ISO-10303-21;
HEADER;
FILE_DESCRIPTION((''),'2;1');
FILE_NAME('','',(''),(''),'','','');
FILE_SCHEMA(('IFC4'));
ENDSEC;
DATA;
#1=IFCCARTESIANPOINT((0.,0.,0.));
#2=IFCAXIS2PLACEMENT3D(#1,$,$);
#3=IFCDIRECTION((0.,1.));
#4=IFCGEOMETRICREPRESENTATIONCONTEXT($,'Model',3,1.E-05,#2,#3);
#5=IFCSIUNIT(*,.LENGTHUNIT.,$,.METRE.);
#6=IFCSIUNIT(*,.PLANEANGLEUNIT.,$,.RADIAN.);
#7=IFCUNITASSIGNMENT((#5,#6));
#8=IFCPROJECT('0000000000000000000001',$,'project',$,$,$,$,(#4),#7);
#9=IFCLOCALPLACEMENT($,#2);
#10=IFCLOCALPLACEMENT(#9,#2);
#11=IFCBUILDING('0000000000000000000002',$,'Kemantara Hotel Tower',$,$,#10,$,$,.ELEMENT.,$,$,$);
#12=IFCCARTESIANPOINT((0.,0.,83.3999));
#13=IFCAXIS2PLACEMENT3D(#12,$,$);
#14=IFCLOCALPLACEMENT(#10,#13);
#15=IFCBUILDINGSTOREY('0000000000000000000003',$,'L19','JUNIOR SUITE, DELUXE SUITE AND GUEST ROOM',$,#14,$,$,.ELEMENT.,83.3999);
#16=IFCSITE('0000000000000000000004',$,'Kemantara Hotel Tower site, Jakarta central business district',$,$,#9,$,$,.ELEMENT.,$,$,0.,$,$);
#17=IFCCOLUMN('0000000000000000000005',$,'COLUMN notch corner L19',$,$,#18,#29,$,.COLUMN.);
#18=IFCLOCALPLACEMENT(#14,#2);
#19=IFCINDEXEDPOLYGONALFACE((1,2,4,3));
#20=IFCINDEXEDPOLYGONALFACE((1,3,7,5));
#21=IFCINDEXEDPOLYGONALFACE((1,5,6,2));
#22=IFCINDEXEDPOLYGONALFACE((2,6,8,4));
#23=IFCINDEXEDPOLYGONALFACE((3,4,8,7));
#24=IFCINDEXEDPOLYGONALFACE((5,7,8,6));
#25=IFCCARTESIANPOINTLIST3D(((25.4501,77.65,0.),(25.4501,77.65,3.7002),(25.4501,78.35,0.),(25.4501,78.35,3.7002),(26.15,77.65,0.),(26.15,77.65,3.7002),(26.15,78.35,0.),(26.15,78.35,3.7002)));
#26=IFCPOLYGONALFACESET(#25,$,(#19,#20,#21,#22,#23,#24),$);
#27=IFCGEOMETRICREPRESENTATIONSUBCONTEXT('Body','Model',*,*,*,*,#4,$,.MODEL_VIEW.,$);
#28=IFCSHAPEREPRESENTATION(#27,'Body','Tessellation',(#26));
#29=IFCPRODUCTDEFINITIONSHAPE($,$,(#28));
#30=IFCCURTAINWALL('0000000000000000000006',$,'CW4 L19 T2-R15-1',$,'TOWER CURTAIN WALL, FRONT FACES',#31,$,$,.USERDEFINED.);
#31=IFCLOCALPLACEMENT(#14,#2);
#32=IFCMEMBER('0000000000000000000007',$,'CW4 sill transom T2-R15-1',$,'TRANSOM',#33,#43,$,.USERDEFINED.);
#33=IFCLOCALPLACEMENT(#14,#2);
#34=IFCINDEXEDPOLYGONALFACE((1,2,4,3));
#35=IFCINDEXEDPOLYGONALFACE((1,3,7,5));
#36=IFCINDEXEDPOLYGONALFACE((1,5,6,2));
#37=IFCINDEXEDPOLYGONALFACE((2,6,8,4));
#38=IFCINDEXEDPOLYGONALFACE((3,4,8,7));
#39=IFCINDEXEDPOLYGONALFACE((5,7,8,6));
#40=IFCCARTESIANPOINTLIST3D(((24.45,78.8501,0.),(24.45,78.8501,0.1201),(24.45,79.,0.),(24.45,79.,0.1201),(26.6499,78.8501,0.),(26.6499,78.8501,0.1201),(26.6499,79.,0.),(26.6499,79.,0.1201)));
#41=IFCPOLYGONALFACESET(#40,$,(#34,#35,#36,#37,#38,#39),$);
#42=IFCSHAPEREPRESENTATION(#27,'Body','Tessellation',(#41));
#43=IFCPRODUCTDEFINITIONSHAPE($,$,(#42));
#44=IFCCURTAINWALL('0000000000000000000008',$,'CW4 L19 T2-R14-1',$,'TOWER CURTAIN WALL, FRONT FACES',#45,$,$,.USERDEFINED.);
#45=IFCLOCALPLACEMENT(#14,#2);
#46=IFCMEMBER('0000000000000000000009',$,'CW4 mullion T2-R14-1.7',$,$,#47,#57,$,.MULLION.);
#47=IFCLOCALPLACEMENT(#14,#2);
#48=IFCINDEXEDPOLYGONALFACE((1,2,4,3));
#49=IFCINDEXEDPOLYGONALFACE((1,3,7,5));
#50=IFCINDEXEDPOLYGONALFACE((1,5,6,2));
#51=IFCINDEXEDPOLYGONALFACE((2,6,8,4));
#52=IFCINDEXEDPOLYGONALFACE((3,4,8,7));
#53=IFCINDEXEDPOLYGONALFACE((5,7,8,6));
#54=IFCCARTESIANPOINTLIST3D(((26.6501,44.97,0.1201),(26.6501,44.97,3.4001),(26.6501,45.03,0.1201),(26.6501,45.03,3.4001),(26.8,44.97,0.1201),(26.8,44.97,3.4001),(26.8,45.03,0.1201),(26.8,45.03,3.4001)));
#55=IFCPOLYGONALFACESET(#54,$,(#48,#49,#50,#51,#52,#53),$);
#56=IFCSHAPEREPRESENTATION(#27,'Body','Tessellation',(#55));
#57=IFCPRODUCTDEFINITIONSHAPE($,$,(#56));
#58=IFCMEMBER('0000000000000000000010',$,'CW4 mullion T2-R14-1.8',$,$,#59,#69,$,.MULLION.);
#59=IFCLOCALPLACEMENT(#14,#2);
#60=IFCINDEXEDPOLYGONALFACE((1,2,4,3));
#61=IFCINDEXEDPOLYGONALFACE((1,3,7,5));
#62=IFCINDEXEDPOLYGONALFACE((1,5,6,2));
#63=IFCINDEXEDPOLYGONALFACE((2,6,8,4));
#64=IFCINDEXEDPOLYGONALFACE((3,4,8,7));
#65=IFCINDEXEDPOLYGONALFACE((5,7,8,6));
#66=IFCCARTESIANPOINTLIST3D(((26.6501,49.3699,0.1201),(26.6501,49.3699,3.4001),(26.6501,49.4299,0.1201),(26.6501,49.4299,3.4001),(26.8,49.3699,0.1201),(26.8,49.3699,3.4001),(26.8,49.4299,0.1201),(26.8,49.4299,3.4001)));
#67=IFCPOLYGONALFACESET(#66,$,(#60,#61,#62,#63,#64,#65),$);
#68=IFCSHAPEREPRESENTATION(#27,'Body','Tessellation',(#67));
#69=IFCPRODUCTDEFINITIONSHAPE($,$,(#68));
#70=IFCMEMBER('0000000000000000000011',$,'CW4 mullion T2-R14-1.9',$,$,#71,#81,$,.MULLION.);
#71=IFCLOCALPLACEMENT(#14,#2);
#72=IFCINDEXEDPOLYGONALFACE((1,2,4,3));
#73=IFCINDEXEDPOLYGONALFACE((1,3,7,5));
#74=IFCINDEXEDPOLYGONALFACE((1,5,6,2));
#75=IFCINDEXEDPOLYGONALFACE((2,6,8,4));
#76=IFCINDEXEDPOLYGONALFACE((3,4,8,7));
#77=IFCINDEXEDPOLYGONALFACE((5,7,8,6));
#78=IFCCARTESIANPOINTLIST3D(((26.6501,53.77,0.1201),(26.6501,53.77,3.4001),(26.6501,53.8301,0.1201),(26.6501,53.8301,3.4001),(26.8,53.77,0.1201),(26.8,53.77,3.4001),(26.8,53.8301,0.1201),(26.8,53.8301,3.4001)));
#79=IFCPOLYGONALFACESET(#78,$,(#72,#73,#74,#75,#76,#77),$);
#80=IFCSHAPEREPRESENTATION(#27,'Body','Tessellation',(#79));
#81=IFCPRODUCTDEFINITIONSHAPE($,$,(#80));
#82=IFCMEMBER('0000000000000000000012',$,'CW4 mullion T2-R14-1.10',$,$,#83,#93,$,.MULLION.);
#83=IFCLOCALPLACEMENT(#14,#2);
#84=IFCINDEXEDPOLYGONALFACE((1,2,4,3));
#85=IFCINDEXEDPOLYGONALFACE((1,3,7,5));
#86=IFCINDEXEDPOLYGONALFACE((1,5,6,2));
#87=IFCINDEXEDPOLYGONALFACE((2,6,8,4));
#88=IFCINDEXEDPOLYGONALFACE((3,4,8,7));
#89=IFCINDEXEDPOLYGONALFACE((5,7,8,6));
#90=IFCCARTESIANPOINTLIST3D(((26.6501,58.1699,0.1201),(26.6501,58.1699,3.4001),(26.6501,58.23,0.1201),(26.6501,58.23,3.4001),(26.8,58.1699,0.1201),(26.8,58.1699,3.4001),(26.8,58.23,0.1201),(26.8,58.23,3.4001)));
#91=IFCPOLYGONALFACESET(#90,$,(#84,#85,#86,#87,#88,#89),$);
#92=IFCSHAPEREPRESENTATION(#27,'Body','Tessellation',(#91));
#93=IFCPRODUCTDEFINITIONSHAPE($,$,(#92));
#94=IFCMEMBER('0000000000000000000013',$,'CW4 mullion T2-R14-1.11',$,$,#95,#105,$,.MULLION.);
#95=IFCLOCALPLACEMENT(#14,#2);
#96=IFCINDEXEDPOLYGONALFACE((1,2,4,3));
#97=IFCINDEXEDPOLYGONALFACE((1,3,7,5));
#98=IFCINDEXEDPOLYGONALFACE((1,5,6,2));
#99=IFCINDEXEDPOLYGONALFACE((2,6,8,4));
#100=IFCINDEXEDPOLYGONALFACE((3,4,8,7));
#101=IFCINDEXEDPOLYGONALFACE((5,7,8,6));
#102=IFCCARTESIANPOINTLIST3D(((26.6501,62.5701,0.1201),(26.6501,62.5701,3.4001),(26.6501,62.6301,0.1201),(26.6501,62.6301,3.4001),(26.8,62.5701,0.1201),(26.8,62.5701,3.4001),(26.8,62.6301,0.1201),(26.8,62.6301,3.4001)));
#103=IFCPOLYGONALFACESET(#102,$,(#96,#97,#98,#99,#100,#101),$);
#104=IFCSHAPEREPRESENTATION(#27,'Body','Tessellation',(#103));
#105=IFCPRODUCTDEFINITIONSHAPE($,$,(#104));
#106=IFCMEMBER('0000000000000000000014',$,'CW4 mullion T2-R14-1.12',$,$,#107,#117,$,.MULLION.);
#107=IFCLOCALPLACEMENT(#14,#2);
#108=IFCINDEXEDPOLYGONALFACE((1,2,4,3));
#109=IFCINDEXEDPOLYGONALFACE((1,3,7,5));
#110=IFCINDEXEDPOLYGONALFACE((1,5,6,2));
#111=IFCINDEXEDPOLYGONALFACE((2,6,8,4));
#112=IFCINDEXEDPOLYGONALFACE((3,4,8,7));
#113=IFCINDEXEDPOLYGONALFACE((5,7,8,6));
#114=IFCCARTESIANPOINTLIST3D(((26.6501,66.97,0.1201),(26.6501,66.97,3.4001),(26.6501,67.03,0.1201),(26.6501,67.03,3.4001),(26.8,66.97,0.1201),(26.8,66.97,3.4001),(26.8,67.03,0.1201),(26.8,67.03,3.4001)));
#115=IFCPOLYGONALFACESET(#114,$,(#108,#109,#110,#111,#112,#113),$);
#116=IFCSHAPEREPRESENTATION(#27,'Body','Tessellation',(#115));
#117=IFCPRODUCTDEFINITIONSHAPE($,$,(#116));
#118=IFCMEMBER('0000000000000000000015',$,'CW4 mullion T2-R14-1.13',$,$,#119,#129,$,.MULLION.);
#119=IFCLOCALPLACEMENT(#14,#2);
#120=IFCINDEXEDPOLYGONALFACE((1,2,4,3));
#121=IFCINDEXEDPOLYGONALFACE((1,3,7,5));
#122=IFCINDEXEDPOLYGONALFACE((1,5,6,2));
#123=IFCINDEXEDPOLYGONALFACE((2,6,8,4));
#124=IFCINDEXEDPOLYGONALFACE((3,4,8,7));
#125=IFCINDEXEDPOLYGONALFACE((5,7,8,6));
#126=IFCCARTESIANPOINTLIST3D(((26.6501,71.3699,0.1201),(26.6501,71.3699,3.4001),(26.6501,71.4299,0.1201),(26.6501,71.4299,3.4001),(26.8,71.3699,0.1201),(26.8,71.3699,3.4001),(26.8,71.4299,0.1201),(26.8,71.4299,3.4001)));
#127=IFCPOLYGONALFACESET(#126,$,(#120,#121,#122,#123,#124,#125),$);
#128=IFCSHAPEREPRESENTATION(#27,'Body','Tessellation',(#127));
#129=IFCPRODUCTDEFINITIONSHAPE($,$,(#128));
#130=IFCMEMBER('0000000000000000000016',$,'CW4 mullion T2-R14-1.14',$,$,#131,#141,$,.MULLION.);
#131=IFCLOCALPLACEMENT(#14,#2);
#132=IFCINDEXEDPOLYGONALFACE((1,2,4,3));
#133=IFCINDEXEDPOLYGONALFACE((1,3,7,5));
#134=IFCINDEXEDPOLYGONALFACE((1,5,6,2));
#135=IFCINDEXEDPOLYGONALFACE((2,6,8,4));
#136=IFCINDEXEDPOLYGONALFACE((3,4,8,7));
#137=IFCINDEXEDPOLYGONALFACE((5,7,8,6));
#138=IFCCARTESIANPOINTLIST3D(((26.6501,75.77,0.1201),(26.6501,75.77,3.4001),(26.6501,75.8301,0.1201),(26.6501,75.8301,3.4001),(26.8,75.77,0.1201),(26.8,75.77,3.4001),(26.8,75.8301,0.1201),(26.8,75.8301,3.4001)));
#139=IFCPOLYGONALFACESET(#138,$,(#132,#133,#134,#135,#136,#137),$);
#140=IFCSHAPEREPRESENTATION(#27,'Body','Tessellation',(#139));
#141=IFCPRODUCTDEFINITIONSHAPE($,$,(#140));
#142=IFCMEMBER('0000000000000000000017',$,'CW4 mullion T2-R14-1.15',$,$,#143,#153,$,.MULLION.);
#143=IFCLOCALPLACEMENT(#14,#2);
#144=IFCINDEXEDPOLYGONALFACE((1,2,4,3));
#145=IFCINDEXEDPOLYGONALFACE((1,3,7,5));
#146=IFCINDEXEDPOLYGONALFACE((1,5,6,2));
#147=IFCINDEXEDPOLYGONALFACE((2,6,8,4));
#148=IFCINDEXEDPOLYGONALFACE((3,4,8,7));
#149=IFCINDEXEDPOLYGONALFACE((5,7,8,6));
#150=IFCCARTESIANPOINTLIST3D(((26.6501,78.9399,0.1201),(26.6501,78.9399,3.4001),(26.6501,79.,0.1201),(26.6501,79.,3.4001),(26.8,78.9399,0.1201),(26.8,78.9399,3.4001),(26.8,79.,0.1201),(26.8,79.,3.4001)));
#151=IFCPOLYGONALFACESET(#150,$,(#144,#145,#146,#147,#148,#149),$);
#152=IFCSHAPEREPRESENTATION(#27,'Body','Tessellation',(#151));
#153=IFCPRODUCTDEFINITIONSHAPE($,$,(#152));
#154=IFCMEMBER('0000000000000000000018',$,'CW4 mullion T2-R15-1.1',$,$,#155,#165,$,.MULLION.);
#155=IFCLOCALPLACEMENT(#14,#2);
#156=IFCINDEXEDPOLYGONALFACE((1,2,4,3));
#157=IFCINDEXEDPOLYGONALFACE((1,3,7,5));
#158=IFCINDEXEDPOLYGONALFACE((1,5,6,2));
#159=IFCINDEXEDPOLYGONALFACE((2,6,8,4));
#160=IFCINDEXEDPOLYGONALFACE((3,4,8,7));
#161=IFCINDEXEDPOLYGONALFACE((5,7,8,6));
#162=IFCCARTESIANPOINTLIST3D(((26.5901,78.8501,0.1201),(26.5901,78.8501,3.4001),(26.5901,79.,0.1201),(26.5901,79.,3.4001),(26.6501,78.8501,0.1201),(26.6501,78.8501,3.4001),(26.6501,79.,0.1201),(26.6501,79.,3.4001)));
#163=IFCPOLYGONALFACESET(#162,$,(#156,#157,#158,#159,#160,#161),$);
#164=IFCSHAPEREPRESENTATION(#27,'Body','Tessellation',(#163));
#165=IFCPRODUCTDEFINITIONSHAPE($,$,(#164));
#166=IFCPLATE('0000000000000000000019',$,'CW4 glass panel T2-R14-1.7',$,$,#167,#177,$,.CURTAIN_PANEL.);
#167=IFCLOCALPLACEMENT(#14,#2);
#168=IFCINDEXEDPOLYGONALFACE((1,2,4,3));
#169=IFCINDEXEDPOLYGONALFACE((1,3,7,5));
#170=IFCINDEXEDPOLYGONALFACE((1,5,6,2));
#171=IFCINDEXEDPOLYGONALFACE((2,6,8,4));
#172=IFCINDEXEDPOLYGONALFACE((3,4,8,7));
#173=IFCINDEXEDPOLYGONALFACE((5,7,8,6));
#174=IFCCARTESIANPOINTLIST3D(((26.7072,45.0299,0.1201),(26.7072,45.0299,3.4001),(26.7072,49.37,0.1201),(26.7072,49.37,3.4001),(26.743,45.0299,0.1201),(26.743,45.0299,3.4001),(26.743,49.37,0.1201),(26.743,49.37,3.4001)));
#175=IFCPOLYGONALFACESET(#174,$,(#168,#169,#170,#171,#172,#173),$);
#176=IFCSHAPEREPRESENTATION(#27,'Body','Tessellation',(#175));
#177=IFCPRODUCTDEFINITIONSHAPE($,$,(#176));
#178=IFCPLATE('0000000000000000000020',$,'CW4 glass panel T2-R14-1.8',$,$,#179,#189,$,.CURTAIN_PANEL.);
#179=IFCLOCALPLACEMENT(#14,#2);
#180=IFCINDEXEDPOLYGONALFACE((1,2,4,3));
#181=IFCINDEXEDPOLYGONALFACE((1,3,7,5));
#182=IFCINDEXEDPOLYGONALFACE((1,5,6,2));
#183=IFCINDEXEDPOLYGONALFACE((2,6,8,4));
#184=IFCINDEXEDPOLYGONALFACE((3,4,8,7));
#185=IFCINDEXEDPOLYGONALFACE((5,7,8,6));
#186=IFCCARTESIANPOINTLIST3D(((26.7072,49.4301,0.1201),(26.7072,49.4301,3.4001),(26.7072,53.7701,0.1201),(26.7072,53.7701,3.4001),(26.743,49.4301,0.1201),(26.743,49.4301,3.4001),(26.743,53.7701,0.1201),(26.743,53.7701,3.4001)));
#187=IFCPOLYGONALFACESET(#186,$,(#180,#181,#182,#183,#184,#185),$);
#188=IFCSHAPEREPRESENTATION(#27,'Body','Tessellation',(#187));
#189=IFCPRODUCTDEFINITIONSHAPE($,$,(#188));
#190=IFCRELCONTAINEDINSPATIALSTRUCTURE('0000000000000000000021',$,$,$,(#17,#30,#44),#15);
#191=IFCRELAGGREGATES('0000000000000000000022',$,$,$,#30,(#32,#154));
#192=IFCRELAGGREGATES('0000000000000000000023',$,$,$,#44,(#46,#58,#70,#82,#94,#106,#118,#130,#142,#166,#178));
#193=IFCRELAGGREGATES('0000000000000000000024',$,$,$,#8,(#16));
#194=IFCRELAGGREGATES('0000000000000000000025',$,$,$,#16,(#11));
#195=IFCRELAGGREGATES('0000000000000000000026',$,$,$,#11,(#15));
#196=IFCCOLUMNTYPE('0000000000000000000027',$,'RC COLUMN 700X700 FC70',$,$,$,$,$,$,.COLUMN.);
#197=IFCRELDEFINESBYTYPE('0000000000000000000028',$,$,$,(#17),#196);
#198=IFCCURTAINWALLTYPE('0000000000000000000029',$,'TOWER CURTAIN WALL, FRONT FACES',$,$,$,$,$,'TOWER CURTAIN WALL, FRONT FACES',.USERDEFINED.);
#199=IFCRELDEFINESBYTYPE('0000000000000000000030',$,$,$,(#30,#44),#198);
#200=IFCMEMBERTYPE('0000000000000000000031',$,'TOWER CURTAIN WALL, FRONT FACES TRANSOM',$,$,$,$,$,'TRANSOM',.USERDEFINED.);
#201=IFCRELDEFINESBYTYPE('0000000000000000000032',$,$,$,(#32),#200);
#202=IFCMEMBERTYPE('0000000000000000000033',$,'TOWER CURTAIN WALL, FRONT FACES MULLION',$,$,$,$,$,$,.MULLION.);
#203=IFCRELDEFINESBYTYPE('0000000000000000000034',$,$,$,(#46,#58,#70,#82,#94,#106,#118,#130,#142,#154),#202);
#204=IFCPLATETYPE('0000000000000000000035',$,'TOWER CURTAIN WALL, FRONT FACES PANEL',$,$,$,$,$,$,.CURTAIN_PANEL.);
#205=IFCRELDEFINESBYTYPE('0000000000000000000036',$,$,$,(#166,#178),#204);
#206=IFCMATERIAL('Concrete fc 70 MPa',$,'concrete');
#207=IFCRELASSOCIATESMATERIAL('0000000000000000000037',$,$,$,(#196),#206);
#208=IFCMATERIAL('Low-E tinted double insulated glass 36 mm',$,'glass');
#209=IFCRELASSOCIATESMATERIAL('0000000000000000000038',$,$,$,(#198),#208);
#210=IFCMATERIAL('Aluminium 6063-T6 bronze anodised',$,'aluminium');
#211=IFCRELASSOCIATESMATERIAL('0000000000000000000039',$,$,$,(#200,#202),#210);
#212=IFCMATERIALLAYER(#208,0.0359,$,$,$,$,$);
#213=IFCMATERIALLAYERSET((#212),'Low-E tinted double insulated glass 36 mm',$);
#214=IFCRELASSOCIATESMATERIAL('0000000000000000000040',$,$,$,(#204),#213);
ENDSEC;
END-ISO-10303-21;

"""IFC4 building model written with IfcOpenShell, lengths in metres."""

from ifc_helpers import new_model, si_unit, direction, frame, origin, origin_2d, place, context, subcontext, project, spatial, rectangle, extrude, source, transform, mapped, material, layer, layer_set, material_profile, profile_set, type_object, element, aggregate, save


model = new_model("IFC4")

# Units and contexts
model_context = context("Model", 3, precision=1e-05, world=origin(), true_north=direction((0.0, 1.0)))
body_context = subcontext(model_context, "Body", "Model", "MODEL_VIEW")
ifc_project = project(units=[si_unit("LENGTHUNIT", "METRE"), si_unit("PLANEANGLEUNIT", "RADIAN")], contexts=[model_context])

# Site, building, storey
site_placement = place(None, origin())
site = spatial("IfcSite", under=ifc_project, at=site_placement, Name="Kemantara Hotel Tower site, Jakarta central business district", CompositionType="ELEMENT", RefElevation=0.0)
building_placement = place(site_placement, origin())
building = spatial("IfcBuilding", under=site, at=building_placement, Name="Kemantara Hotel Tower", CompositionType="ELEMENT")
storey_placement = place(building_placement, frame((0.0, 0.0, 83.3999)))
storey = spatial("IfcBuildingStorey", under=building, at=storey_placement, Name="L19", Description="JUNIOR SUITE, DELUXE SUITE AND GUEST ROOM", CompositionType="ELEMENT", Elevation=83.3999)

# Column
ifc_material_1 = material(Name="Concrete fc 70 MPa", Category="concrete")
ifc_material_profile_1 = material_profile(ifc_material_1, rectangle(XDim=0.7, YDim=0.7, at=origin_2d()), Name="RC 700X700")
ifc_profile_set_1 = profile_set([ifc_material_profile_1], Name="Concrete fc 70 MPa")
column_type = type_object("IfcColumnType", Name="RC COLUMN 700X700 FC70", PredefinedType="COLUMN", material=ifc_profile_set_1)
column_placement = place(storey_placement, frame((25.8, 78.0, 0.0), z_axis=(0.0, 0.0, 1.0), x_axis=(1.0, 0.0, 0.0)))
element("IfcColumn", 1, at=column_placement, inside=storey, type_object=column_type, Name="COLUMN notch corner L19", PredefinedType="COLUMN", context=body_context, shape_type="SweptSolid", body=[
    extrude(rectangle(XDim=0.7, YDim=0.7, at=origin_2d()), origin(), (0.0, 0.0, 1.0), 3.7002),
])

# Curtain wall, member
ifc_material_2 = material(Name="Low-E tinted double insulated glass 36 mm", Category="glass")
curtain_wall_type = type_object("IfcCurtainWallType", Name="TOWER CURTAIN WALL, FRONT FACES", ElementType="TOWER CURTAIN WALL, FRONT FACES", PredefinedType="USERDEFINED", material=ifc_material_2)
curtain_wall_1_placement = place(storey_placement, origin())
curtain_wall_1 = element("IfcCurtainWall", 2, at=curtain_wall_1_placement, inside=storey, type_object=curtain_wall_type, Name="CW4 L19 T2-R15-1", ObjectType="TOWER CURTAIN WALL, FRONT FACES", PredefinedType="USERDEFINED")
ifc_material_3 = material(Name="Aluminium 6063-T6 bronze anodised", Category="aluminium")
ifc_material_profile_2 = material_profile(ifc_material_3, rectangle(XDim=0.1499, YDim=0.1201, at=origin_2d()), Name="TOWER CURTAIN WALL, FRONT FACES TRANSOM")
ifc_profile_set_2 = profile_set([ifc_material_profile_2], Name="Aluminium 6063-T6 bronze anodised")
member_type_1 = type_object("IfcMemberType", Name="TOWER CURTAIN WALL, FRONT FACES TRANSOM", ElementType="TRANSOM", PredefinedType="USERDEFINED", material=ifc_profile_set_2)
member_1_placement = place(storey_placement, frame((26.6499, 78.925, 0.0601), z_axis=(-1.0, 0.0, 0.0), x_axis=(0.0, -1.0, 0.0)))
member_1 = element("IfcMember", 3, at=member_1_placement, type_object=member_type_1, Name="CW4 sill transom T2-R15-1", ObjectType="TRANSOM", PredefinedType="USERDEFINED", context=body_context, shape_type="SweptSolid", body=[
    extrude(rectangle(XDim=0.1499, YDim=0.1201, at=origin_2d()), origin(), (0.0, 0.0, 1.0), 2.2),
])

# Curtain wall, members
curtain_wall_2_placement = place(storey_placement, origin())
curtain_wall_2 = element("IfcCurtainWall", 4, at=curtain_wall_2_placement, inside=storey, type_object=curtain_wall_type, Name="CW4 L19 T2-R14-1", ObjectType="TOWER CURTAIN WALL, FRONT FACES", PredefinedType="USERDEFINED")
ifc_material_profile_3 = material_profile(ifc_material_3, rectangle(XDim=0.1499, YDim=0.0601, at=origin_2d()), Name="TOWER CURTAIN WALL, FRONT FACES MULLION")
ifc_profile_set_3 = profile_set([ifc_material_profile_3], Name="Aluminium 6063-T6 bronze anodised")
member_type_2 = type_object("IfcMemberType", Name="TOWER CURTAIN WALL, FRONT FACES MULLION", PredefinedType="MULLION", material=ifc_profile_set_3)
shared_shape_1 = source(origin(), body_context, "Body", "SweptSolid", [
    extrude(rectangle(XDim=0.1499, YDim=0.0601, at=origin_2d()), origin(), (0.0, 0.0, 1.0), 3.28),
])
member_2_placement = place(storey_placement, frame((26.7251, 45.0, 0.1201), z_axis=(0.0, 0.0, 1.0), x_axis=(-1.0, 0.0, 0.0)))
member_2 = element("IfcMember", 5, at=member_2_placement, type_object=member_type_2, Name="CW4 mullion T2-R14-1.7", PredefinedType="MULLION", context=body_context, shape_type="MappedRepresentation", body=[
    mapped(shared_shape_1, transform((0.0, 0.0, 0.0))),
])
member_3_placement = place(storey_placement, frame((26.7251, 49.3999, 0.1201), z_axis=(0.0, 0.0, 1.0), x_axis=(-1.0, 0.0, 0.0)))
member_3 = element("IfcMember", 6, at=member_3_placement, type_object=member_type_2, Name="CW4 mullion T2-R14-1.8", PredefinedType="MULLION", context=body_context, shape_type="MappedRepresentation", body=[
    mapped(shared_shape_1, transform((0.0, 0.0, 0.0))),
])
member_4_placement = place(storey_placement, frame((26.7251, 53.8, 0.1201), z_axis=(0.0, 0.0, 1.0), x_axis=(-1.0, 0.0, 0.0)))
member_4 = element("IfcMember", 7, at=member_4_placement, type_object=member_type_2, Name="CW4 mullion T2-R14-1.9", PredefinedType="MULLION", context=body_context, shape_type="MappedRepresentation", body=[
    mapped(shared_shape_1, transform((0.0, 0.0, 0.0))),
])
member_5_placement = place(storey_placement, frame((26.7251, 58.2, 0.1201), z_axis=(0.0, 0.0, 1.0), x_axis=(-1.0, 0.0, 0.0)))
member_5 = element("IfcMember", 8, at=member_5_placement, type_object=member_type_2, Name="CW4 mullion T2-R14-1.10", PredefinedType="MULLION", context=body_context, shape_type="MappedRepresentation", body=[
    mapped(shared_shape_1, transform((0.0, 0.0, 0.0))),
])
member_6_placement = place(storey_placement, frame((26.7251, 62.6001, 0.1201), z_axis=(0.0, 0.0, 1.0), x_axis=(-1.0, 0.0, 0.0)))
member_6 = element("IfcMember", 9, at=member_6_placement, type_object=member_type_2, Name="CW4 mullion T2-R14-1.11", PredefinedType="MULLION", context=body_context, shape_type="MappedRepresentation", body=[
    mapped(shared_shape_1, transform((0.0, 0.0, 0.0))),
])
member_7_placement = place(storey_placement, frame((26.7251, 67.0, 0.1201), z_axis=(0.0, 0.0, 1.0), x_axis=(-1.0, 0.0, 0.0)))
member_7 = element("IfcMember", 10, at=member_7_placement, type_object=member_type_2, Name="CW4 mullion T2-R14-1.12", PredefinedType="MULLION", context=body_context, shape_type="MappedRepresentation", body=[
    mapped(shared_shape_1, transform((0.0, 0.0, 0.0))),
])
member_8_placement = place(storey_placement, frame((26.7251, 71.3999, 0.1201), z_axis=(0.0, 0.0, 1.0), x_axis=(-1.0, 0.0, 0.0)))
member_8 = element("IfcMember", 11, at=member_8_placement, type_object=member_type_2, Name="CW4 mullion T2-R14-1.13", PredefinedType="MULLION", context=body_context, shape_type="MappedRepresentation", body=[
    mapped(shared_shape_1, transform((0.0, 0.0, 0.0))),
])
member_9_placement = place(storey_placement, frame((26.7251, 75.8, 0.1201), z_axis=(0.0, 0.0, 1.0), x_axis=(-1.0, 0.0, 0.0)))
member_9 = element("IfcMember", 12, at=member_9_placement, type_object=member_type_2, Name="CW4 mullion T2-R14-1.14", PredefinedType="MULLION", context=body_context, shape_type="MappedRepresentation", body=[
    mapped(shared_shape_1, transform((0.0, 0.0, 0.0))),
])
member_10_placement = place(storey_placement, frame((26.7251, 78.97, 0.1201), z_axis=(0.0, 0.0, 1.0), x_axis=(-1.0, 0.0, 0.0)))
member_10 = element("IfcMember", 13, at=member_10_placement, type_object=member_type_2, Name="CW4 mullion T2-R14-1.15", PredefinedType="MULLION", context=body_context, shape_type="MappedRepresentation", body=[
    mapped(shared_shape_1, transform((0.0, 0.0, 0.0))),
])

# Member
member_11_placement = place(storey_placement, frame((26.6201, 78.925, 0.1201), z_axis=(0.0, 0.0, 1.0), x_axis=(0.0, -1.0, 0.0)))
member_11 = element("IfcMember", 14, at=member_11_placement, type_object=member_type_2, Name="CW4 mullion T2-R15-1.1", PredefinedType="MULLION", context=body_context, shape_type="MappedRepresentation", body=[
    mapped(shared_shape_1, transform((0.0, 0.0, 0.0))),
])
aggregate(curtain_wall_1, [member_1, member_11])

# Plates
ifc_layer_1 = layer(ifc_material_2, 0.0359)
ifc_layer_set_1 = layer_set([ifc_layer_1], Name="Low-E tinted double insulated glass 36 mm")
plate_type = type_object("IfcPlateType", Name="TOWER CURTAIN WALL, FRONT FACES PANEL", PredefinedType="CURTAIN_PANEL", material=ifc_layer_set_1)
shared_shape_2 = source(origin(), body_context, "Body", "SweptSolid", [
    extrude(rectangle(XDim=4.3401, YDim=0.0359, at=origin_2d()), origin(), (0.0, 0.0, 1.0), 3.28),
])
plate_1_placement = place(storey_placement, frame((26.7251, 47.2, 0.1201), z_axis=(0.0, 0.0, 1.0), x_axis=(0.0, 1.0, 0.0)))
plate_1 = element("IfcPlate", 15, at=plate_1_placement, type_object=plate_type, Name="CW4 glass panel T2-R14-1.7", PredefinedType="CURTAIN_PANEL", context=body_context, shape_type="MappedRepresentation", body=[
    mapped(shared_shape_2, transform((0.0, 0.0, 0.0))),
])
plate_2_placement = place(storey_placement, frame((26.7251, 51.6001, 0.1201), z_axis=(0.0, 0.0, 1.0), x_axis=(0.0, 1.0, 0.0)))
plate_2 = element("IfcPlate", 16, at=plate_2_placement, type_object=plate_type, Name="CW4 glass panel T2-R14-1.8", PredefinedType="CURTAIN_PANEL", context=body_context, shape_type="MappedRepresentation", body=[
    mapped(shared_shape_2, transform((0.0, 0.0, 0.0))),
])
aggregate(curtain_wall_2, [member_2, member_3, member_4, member_5, member_6, member_7, member_8, member_9, member_10, plate_1, plate_2])

save(model, "model.ifc")
